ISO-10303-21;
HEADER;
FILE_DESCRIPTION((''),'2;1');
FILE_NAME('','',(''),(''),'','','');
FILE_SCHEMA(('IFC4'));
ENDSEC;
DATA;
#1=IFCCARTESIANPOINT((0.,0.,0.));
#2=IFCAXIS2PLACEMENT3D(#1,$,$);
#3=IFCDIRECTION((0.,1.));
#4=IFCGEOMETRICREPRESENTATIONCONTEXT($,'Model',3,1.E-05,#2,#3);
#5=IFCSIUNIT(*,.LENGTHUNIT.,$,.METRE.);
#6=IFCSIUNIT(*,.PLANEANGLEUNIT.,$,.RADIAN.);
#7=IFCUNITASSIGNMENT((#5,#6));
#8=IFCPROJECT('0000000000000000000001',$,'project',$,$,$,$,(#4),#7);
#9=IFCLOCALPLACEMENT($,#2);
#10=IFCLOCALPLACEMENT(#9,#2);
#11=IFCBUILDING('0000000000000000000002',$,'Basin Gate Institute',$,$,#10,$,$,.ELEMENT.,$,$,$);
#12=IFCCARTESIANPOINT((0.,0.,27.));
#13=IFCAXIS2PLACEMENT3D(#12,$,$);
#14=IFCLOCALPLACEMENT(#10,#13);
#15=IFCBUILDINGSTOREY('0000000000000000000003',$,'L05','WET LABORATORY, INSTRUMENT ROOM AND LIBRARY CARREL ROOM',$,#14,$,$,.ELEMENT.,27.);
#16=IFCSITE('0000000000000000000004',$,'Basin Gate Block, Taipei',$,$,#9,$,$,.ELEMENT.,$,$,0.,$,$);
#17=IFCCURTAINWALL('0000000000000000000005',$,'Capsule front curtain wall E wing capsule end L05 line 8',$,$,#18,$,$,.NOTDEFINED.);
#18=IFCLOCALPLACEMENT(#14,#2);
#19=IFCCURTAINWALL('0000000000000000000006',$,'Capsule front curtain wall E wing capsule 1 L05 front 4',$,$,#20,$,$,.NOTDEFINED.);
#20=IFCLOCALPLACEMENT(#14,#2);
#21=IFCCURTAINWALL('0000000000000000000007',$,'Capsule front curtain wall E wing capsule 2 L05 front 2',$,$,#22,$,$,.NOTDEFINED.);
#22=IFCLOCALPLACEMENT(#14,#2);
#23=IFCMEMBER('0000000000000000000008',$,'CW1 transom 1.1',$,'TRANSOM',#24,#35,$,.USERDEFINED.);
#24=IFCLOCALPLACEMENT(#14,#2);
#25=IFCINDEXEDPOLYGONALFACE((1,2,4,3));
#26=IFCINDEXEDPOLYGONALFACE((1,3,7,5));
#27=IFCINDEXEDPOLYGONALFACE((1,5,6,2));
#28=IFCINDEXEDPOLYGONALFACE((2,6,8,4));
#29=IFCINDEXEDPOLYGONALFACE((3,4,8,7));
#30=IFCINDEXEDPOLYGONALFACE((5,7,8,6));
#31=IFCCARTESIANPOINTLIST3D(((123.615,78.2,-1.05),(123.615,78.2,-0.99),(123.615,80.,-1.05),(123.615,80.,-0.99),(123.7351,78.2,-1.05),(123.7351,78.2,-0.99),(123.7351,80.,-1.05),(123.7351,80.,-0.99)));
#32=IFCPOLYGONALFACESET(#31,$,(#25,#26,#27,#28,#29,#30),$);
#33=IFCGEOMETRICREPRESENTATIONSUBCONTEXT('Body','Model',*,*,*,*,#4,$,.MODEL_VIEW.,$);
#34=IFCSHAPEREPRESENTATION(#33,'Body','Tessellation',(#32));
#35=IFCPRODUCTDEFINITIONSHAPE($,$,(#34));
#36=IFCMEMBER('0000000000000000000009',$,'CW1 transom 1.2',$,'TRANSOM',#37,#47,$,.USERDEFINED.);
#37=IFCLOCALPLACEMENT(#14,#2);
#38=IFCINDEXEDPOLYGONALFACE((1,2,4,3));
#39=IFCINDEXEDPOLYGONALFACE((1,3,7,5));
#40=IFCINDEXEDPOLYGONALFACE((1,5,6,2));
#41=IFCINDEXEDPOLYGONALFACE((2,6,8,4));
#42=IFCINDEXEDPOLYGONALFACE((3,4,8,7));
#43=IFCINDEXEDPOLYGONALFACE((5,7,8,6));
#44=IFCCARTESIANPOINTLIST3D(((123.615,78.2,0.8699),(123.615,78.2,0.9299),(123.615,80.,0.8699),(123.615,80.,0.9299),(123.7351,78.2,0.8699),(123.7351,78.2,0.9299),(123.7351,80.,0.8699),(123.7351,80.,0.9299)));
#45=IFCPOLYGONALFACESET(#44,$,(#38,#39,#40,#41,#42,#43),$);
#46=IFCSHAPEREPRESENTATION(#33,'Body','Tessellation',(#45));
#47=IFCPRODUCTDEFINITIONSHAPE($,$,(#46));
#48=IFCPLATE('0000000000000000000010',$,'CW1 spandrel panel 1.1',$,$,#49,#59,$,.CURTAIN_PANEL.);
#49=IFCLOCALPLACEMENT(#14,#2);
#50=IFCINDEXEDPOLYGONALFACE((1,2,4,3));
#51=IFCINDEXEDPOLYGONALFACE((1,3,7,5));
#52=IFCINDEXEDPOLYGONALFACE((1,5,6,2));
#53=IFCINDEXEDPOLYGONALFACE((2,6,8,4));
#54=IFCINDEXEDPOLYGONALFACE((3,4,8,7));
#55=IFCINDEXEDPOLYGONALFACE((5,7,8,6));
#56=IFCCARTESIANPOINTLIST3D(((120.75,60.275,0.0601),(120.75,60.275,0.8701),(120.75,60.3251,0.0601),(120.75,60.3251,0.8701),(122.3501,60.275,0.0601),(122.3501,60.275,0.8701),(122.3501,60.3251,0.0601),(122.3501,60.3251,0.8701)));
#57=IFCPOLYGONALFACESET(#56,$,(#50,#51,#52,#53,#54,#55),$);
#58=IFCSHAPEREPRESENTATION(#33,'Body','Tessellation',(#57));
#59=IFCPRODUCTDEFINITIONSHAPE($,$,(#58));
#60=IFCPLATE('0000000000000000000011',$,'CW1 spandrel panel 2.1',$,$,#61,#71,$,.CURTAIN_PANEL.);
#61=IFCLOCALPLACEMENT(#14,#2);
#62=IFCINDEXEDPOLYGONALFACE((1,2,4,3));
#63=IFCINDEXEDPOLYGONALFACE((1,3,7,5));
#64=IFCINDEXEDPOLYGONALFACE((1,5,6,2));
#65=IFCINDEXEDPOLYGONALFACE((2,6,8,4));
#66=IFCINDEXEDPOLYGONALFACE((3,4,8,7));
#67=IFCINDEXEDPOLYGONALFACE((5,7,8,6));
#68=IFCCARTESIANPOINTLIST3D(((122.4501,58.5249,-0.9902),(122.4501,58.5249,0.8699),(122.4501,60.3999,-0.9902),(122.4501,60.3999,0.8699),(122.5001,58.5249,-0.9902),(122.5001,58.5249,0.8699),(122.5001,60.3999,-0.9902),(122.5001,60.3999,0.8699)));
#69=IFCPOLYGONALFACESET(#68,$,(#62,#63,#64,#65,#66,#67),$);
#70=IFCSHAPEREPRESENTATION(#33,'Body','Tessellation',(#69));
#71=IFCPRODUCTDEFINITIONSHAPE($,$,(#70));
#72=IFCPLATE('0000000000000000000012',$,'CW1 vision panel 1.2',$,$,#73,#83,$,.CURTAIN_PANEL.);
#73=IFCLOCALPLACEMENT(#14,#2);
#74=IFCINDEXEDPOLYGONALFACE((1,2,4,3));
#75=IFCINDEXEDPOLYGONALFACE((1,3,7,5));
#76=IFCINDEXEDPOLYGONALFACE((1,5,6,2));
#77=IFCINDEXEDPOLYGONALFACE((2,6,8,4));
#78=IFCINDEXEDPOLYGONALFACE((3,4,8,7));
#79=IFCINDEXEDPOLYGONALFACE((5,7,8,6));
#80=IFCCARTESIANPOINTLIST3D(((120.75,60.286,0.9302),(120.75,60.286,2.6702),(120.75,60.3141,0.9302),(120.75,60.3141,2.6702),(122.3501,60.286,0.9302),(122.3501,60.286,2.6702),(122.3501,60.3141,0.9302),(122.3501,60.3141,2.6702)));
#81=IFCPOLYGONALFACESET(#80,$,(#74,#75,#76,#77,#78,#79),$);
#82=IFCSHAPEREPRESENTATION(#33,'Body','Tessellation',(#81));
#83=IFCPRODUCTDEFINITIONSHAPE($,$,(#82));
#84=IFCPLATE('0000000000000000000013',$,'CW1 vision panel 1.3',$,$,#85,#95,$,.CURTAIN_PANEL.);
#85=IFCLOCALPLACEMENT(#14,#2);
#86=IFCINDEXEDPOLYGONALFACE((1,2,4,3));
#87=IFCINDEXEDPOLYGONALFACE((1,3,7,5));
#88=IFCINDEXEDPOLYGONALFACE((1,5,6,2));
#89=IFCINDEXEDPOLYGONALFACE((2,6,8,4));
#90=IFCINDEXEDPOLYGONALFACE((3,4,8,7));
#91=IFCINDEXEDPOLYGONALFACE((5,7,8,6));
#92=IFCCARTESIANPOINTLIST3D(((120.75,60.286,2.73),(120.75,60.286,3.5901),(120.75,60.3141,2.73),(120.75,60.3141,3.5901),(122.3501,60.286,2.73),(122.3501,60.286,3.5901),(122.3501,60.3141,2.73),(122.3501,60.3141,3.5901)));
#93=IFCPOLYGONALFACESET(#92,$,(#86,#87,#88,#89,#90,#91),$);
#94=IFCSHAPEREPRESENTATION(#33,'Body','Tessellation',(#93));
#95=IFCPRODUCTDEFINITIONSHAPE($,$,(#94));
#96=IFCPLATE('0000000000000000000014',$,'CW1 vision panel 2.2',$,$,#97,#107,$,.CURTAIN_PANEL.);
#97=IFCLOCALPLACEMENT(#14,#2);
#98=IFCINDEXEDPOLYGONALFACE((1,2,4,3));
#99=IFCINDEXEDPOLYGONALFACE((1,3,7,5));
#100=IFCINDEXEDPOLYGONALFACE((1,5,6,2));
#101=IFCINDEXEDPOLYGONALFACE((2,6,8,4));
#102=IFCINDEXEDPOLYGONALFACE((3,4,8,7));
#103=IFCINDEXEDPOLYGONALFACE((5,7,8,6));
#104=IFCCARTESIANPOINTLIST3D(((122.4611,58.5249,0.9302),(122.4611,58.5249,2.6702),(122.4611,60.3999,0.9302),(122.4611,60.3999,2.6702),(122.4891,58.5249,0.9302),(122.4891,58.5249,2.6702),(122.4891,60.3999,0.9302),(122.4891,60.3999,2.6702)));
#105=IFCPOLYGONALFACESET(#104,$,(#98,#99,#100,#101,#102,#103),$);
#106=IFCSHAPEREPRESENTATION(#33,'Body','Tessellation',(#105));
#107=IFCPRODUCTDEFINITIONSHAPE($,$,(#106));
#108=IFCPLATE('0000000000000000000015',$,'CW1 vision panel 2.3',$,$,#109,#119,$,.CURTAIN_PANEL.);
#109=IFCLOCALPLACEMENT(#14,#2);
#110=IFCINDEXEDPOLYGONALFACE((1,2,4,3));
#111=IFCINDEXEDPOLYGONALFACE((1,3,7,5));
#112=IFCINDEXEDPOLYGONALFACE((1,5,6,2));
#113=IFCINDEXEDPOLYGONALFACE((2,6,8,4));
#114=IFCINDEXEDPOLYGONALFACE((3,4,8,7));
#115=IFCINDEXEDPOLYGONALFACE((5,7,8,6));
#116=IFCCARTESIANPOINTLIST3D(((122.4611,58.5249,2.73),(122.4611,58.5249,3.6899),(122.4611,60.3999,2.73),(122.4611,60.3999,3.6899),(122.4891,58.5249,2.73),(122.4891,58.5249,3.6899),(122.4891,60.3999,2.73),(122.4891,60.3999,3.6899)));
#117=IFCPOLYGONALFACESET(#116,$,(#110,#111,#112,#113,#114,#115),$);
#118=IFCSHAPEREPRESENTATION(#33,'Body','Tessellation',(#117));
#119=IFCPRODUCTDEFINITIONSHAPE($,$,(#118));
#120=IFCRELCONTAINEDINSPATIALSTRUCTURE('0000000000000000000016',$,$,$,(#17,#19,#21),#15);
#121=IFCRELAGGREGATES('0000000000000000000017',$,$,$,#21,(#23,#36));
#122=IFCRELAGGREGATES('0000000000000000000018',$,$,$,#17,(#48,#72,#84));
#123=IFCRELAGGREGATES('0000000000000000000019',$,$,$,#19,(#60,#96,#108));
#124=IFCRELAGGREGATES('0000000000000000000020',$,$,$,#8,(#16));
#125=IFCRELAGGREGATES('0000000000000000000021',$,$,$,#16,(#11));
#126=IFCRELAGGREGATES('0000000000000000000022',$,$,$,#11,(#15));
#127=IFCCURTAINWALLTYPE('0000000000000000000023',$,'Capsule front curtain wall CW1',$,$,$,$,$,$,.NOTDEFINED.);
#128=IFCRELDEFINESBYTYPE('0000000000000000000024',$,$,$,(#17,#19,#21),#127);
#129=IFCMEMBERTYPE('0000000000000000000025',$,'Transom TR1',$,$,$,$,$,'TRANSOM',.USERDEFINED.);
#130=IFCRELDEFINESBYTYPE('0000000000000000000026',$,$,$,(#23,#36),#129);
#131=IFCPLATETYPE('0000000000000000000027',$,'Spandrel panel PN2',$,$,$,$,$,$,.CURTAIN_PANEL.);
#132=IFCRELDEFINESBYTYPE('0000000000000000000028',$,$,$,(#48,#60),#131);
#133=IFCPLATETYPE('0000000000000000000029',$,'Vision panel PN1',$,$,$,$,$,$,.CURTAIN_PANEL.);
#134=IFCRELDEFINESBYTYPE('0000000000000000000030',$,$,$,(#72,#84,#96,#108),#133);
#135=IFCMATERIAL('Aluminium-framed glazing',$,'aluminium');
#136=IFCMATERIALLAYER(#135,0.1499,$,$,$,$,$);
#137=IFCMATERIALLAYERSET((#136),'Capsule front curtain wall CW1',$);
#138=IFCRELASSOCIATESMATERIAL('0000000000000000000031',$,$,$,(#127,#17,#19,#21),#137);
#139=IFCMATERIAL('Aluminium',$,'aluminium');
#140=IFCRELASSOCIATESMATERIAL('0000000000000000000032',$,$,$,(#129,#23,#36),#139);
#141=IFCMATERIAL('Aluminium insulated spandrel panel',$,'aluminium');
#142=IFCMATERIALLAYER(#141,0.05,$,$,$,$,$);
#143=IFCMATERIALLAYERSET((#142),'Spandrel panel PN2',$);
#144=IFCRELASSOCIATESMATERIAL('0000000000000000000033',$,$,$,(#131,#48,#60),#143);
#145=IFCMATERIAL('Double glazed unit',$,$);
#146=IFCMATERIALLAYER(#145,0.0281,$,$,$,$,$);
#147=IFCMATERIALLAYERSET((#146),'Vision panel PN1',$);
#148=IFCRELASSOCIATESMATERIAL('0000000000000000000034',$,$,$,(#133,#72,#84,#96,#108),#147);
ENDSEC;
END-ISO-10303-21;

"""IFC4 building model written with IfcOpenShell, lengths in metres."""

from ifc_helpers import new_model, si_unit, direction, frame, origin, origin_2d, place, context, subcontext, project, spatial, rectangle, extrude, material, layer, layer_set, material_profile, profile_set, type_object, element, aggregate, save


model = new_model("IFC4")

# Units and contexts
model_context = context("Model", 3, precision=1e-05, world=origin(), true_north=direction((0.0, 1.0)))
body_context = subcontext(model_context, "Body", "Model", "MODEL_VIEW")
ifc_project = project(units=[si_unit("LENGTHUNIT", "METRE"), si_unit("PLANEANGLEUNIT", "RADIAN")], contexts=[model_context])

# Site, building, storey
site_placement = place(None, origin())
site = spatial("IfcSite", under=ifc_project, at=site_placement, Name="Basin Gate Block, Taipei", CompositionType="ELEMENT", RefElevation=0.0)
building_placement = place(site_placement, origin())
building = spatial("IfcBuilding", under=site, at=building_placement, Name="Basin Gate Institute", CompositionType="ELEMENT")
storey_placement = place(building_placement, frame((0.0, 0.0, 27.0)))
storey = spatial("IfcBuildingStorey", under=building, at=storey_placement, Name="L05", Description="WET LABORATORY, INSTRUMENT ROOM AND LIBRARY CARREL ROOM", CompositionType="ELEMENT", Elevation=27.0)

# Curtain walls
ifc_material_1 = material(Name="Aluminium-framed glazing", Category="aluminium")
ifc_layer_1 = layer(ifc_material_1, 0.1499)
ifc_layer_set_1 = layer_set([ifc_layer_1], Name="Capsule front curtain wall CW1")
curtain_wall_type = type_object("IfcCurtainWallType", Name="Capsule front curtain wall CW1", PredefinedType="NOTDEFINED", material=ifc_layer_set_1)
curtain_wall_1_placement = place(storey_placement, origin())
curtain_wall_1 = element("IfcCurtainWall", 1, at=curtain_wall_1_placement, inside=storey, type_object=curtain_wall_type, material=ifc_layer_set_1, Name="Capsule front curtain wall E wing capsule end L05 line 8", PredefinedType="NOTDEFINED")
curtain_wall_2_placement = place(storey_placement, origin())
curtain_wall_2 = element("IfcCurtainWall", 2, at=curtain_wall_2_placement, inside=storey, type_object=curtain_wall_type, material=ifc_layer_set_1, Name="Capsule front curtain wall E wing capsule 1 L05 front 4", PredefinedType="NOTDEFINED")

# Curtain wall
curtain_wall_3_placement = place(storey_placement, origin())
curtain_wall_3 = element("IfcCurtainWall", 3, at=curtain_wall_3_placement, inside=storey, type_object=curtain_wall_type, material=ifc_layer_set_1, Name="Capsule front curtain wall E wing capsule 2 L05 front 2", PredefinedType="NOTDEFINED")

# Members
ifc_material_2 = material(Name="Aluminium", Category="aluminium")
ifc_material_profile_1 = material_profile(ifc_material_2, rectangle(XDim=0.1201, YDim=0.0601, at=origin_2d()), Name="Transom TR1 120 x 60")
ifc_profile_set_1 = profile_set([ifc_material_profile_1], Name="Aluminium")
member_type_1 = type_object("IfcMemberType", Name="Transom TR1", ElementType="TRANSOM", PredefinedType="USERDEFINED", material=ifc_profile_set_1)
member_1_placement = place(storey_placement, frame((123.675, 78.2, -1.02), z_axis=(0.0, 1.0, 0.0), x_axis=(-1.0, 0.0, 0.0)))
member_1 = element("IfcMember", 4, at=member_1_placement, type_object=member_type_1, material=ifc_profile_set_1, Name="CW1 transom 1.1", ObjectType="TRANSOM", PredefinedType="USERDEFINED", context=body_context, shape_type="SweptSolid", body=[
    extrude(rectangle(XDim=0.1201, YDim=0.0601, at=origin_2d()), origin(), (0.0, 0.0, 1.0), 1.8),
])
member_2_placement = place(storey_placement, frame((123.675, 78.2, 0.8999), z_axis=(0.0, 1.0, 0.0), x_axis=(-1.0, 0.0, 0.0)))
member_2 = element("IfcMember", 5, at=member_2_placement, type_object=member_type_1, material=ifc_profile_set_1, Name="CW1 transom 1.2", ObjectType="TRANSOM", PredefinedType="USERDEFINED", context=body_context, shape_type="SweptSolid", body=[
    extrude(rectangle(XDim=0.1201, YDim=0.0601, at=origin_2d()), origin(), (0.0, 0.0, 1.0), 1.8),
])
aggregate(curtain_wall_3, [member_1, member_2])

# Plates
ifc_material_3 = material(Name="Aluminium insulated spandrel panel", Category="aluminium")
ifc_layer_2 = layer(ifc_material_3, 0.05)
ifc_layer_set_2 = layer_set([ifc_layer_2], Name="Spandrel panel PN2")
plate_type_1 = type_object("IfcPlateType", Name="Spandrel panel PN2", PredefinedType="CURTAIN_PANEL", material=ifc_layer_set_2)
plate_1_placement = place(storey_placement, frame((121.55, 60.3, 0.0601), z_axis=(0.0, 0.0, 1.0), x_axis=(-1.0, 0.0, 0.0)))
plate_1 = element("IfcPlate", 6, at=plate_1_placement, type_object=plate_type_1, material=ifc_layer_set_2, Name="CW1 spandrel panel 1.1", PredefinedType="CURTAIN_PANEL", context=body_context, shape_type="SweptSolid", body=[
    extrude(rectangle(XDim=1.6001, YDim=0.05, at=origin_2d()), origin(), (0.0, 0.0, 1.0), 0.8101),
])
plate_2_placement = place(storey_placement, frame((122.4751, 59.4624, -0.9902), z_axis=(0.0, 0.0, 1.0), x_axis=(0.0, 1.0, 0.0)))
plate_2 = element("IfcPlate", 7, at=plate_2_placement, type_object=plate_type_1, material=ifc_layer_set_2, Name="CW1 spandrel panel 2.1", PredefinedType="CURTAIN_PANEL", context=body_context, shape_type="SweptSolid", body=[
    extrude(rectangle(XDim=1.875, YDim=0.05, at=origin_2d()), origin(), (0.0, 0.0, 1.0), 1.8601),
])
ifc_material_4 = material(Name="Double glazed unit")
ifc_layer_3 = layer(ifc_material_4, 0.0281)
ifc_layer_set_3 = layer_set([ifc_layer_3], Name="Vision panel PN1")
plate_type_2 = type_object("IfcPlateType", Name="Vision panel PN1", PredefinedType="CURTAIN_PANEL", material=ifc_layer_set_3)
plate_3_placement = place(storey_placement, frame((121.55, 60.3, 0.9302), z_axis=(0.0, 0.0, 1.0), x_axis=(-1.0, 0.0, 0.0)))
plate_3 = element("IfcPlate", 8, at=plate_3_placement, type_object=plate_type_2, material=ifc_layer_set_3, Name="CW1 vision panel 1.2", PredefinedType="CURTAIN_PANEL", context=body_context, shape_type="SweptSolid", body=[
    extrude(rectangle(XDim=1.6001, YDim=0.0281, at=origin_2d()), origin(), (0.0, 0.0, 1.0), 1.74),
])
plate_4_placement = place(storey_placement, frame((121.55, 60.3, 2.73), z_axis=(0.0, 0.0, 1.0), x_axis=(-1.0, 0.0, 0.0)))
plate_4 = element("IfcPlate", 9, at=plate_4_placement, type_object=plate_type_2, material=ifc_layer_set_3, Name="CW1 vision panel 1.3", PredefinedType="CURTAIN_PANEL", context=body_context, shape_type="SweptSolid", body=[
    extrude(rectangle(XDim=1.6001, YDim=0.0281, at=origin_2d()), origin(), (0.0, 0.0, 1.0), 0.8601),
])
aggregate(curtain_wall_1, [plate_1, plate_3, plate_4])
plate_5_placement = place(storey_placement, frame((122.4751, 59.4624, 0.9302), z_axis=(0.0, 0.0, 1.0), x_axis=(0.0, 1.0, 0.0)))
plate_5 = element("IfcPlate", 10, at=plate_5_placement, type_object=plate_type_2, material=ifc_layer_set_3, Name="CW1 vision panel 2.2", PredefinedType="CURTAIN_PANEL", context=body_context, shape_type="SweptSolid", body=[
    extrude(rectangle(XDim=1.875, YDim=0.0281, at=origin_2d()), origin(), (0.0, 0.0, 1.0), 1.74),
])
plate_6_placement = place(storey_placement, frame((122.4751, 59.4624, 2.73), z_axis=(0.0, 0.0, 1.0), x_axis=(0.0, 1.0, 0.0)))
plate_6 = element("IfcPlate", 11, at=plate_6_placement, type_object=plate_type_2, material=ifc_layer_set_3, Name="CW1 vision panel 2.3", PredefinedType="CURTAIN_PANEL", context=body_context, shape_type="SweptSolid", body=[
    extrude(rectangle(XDim=1.875, YDim=0.0281, at=origin_2d()), origin(), (0.0, 0.0, 1.0), 0.96),
])
aggregate(curtain_wall_2, [plate_2, plate_5, plate_6])

save(model, "model.ifc")
